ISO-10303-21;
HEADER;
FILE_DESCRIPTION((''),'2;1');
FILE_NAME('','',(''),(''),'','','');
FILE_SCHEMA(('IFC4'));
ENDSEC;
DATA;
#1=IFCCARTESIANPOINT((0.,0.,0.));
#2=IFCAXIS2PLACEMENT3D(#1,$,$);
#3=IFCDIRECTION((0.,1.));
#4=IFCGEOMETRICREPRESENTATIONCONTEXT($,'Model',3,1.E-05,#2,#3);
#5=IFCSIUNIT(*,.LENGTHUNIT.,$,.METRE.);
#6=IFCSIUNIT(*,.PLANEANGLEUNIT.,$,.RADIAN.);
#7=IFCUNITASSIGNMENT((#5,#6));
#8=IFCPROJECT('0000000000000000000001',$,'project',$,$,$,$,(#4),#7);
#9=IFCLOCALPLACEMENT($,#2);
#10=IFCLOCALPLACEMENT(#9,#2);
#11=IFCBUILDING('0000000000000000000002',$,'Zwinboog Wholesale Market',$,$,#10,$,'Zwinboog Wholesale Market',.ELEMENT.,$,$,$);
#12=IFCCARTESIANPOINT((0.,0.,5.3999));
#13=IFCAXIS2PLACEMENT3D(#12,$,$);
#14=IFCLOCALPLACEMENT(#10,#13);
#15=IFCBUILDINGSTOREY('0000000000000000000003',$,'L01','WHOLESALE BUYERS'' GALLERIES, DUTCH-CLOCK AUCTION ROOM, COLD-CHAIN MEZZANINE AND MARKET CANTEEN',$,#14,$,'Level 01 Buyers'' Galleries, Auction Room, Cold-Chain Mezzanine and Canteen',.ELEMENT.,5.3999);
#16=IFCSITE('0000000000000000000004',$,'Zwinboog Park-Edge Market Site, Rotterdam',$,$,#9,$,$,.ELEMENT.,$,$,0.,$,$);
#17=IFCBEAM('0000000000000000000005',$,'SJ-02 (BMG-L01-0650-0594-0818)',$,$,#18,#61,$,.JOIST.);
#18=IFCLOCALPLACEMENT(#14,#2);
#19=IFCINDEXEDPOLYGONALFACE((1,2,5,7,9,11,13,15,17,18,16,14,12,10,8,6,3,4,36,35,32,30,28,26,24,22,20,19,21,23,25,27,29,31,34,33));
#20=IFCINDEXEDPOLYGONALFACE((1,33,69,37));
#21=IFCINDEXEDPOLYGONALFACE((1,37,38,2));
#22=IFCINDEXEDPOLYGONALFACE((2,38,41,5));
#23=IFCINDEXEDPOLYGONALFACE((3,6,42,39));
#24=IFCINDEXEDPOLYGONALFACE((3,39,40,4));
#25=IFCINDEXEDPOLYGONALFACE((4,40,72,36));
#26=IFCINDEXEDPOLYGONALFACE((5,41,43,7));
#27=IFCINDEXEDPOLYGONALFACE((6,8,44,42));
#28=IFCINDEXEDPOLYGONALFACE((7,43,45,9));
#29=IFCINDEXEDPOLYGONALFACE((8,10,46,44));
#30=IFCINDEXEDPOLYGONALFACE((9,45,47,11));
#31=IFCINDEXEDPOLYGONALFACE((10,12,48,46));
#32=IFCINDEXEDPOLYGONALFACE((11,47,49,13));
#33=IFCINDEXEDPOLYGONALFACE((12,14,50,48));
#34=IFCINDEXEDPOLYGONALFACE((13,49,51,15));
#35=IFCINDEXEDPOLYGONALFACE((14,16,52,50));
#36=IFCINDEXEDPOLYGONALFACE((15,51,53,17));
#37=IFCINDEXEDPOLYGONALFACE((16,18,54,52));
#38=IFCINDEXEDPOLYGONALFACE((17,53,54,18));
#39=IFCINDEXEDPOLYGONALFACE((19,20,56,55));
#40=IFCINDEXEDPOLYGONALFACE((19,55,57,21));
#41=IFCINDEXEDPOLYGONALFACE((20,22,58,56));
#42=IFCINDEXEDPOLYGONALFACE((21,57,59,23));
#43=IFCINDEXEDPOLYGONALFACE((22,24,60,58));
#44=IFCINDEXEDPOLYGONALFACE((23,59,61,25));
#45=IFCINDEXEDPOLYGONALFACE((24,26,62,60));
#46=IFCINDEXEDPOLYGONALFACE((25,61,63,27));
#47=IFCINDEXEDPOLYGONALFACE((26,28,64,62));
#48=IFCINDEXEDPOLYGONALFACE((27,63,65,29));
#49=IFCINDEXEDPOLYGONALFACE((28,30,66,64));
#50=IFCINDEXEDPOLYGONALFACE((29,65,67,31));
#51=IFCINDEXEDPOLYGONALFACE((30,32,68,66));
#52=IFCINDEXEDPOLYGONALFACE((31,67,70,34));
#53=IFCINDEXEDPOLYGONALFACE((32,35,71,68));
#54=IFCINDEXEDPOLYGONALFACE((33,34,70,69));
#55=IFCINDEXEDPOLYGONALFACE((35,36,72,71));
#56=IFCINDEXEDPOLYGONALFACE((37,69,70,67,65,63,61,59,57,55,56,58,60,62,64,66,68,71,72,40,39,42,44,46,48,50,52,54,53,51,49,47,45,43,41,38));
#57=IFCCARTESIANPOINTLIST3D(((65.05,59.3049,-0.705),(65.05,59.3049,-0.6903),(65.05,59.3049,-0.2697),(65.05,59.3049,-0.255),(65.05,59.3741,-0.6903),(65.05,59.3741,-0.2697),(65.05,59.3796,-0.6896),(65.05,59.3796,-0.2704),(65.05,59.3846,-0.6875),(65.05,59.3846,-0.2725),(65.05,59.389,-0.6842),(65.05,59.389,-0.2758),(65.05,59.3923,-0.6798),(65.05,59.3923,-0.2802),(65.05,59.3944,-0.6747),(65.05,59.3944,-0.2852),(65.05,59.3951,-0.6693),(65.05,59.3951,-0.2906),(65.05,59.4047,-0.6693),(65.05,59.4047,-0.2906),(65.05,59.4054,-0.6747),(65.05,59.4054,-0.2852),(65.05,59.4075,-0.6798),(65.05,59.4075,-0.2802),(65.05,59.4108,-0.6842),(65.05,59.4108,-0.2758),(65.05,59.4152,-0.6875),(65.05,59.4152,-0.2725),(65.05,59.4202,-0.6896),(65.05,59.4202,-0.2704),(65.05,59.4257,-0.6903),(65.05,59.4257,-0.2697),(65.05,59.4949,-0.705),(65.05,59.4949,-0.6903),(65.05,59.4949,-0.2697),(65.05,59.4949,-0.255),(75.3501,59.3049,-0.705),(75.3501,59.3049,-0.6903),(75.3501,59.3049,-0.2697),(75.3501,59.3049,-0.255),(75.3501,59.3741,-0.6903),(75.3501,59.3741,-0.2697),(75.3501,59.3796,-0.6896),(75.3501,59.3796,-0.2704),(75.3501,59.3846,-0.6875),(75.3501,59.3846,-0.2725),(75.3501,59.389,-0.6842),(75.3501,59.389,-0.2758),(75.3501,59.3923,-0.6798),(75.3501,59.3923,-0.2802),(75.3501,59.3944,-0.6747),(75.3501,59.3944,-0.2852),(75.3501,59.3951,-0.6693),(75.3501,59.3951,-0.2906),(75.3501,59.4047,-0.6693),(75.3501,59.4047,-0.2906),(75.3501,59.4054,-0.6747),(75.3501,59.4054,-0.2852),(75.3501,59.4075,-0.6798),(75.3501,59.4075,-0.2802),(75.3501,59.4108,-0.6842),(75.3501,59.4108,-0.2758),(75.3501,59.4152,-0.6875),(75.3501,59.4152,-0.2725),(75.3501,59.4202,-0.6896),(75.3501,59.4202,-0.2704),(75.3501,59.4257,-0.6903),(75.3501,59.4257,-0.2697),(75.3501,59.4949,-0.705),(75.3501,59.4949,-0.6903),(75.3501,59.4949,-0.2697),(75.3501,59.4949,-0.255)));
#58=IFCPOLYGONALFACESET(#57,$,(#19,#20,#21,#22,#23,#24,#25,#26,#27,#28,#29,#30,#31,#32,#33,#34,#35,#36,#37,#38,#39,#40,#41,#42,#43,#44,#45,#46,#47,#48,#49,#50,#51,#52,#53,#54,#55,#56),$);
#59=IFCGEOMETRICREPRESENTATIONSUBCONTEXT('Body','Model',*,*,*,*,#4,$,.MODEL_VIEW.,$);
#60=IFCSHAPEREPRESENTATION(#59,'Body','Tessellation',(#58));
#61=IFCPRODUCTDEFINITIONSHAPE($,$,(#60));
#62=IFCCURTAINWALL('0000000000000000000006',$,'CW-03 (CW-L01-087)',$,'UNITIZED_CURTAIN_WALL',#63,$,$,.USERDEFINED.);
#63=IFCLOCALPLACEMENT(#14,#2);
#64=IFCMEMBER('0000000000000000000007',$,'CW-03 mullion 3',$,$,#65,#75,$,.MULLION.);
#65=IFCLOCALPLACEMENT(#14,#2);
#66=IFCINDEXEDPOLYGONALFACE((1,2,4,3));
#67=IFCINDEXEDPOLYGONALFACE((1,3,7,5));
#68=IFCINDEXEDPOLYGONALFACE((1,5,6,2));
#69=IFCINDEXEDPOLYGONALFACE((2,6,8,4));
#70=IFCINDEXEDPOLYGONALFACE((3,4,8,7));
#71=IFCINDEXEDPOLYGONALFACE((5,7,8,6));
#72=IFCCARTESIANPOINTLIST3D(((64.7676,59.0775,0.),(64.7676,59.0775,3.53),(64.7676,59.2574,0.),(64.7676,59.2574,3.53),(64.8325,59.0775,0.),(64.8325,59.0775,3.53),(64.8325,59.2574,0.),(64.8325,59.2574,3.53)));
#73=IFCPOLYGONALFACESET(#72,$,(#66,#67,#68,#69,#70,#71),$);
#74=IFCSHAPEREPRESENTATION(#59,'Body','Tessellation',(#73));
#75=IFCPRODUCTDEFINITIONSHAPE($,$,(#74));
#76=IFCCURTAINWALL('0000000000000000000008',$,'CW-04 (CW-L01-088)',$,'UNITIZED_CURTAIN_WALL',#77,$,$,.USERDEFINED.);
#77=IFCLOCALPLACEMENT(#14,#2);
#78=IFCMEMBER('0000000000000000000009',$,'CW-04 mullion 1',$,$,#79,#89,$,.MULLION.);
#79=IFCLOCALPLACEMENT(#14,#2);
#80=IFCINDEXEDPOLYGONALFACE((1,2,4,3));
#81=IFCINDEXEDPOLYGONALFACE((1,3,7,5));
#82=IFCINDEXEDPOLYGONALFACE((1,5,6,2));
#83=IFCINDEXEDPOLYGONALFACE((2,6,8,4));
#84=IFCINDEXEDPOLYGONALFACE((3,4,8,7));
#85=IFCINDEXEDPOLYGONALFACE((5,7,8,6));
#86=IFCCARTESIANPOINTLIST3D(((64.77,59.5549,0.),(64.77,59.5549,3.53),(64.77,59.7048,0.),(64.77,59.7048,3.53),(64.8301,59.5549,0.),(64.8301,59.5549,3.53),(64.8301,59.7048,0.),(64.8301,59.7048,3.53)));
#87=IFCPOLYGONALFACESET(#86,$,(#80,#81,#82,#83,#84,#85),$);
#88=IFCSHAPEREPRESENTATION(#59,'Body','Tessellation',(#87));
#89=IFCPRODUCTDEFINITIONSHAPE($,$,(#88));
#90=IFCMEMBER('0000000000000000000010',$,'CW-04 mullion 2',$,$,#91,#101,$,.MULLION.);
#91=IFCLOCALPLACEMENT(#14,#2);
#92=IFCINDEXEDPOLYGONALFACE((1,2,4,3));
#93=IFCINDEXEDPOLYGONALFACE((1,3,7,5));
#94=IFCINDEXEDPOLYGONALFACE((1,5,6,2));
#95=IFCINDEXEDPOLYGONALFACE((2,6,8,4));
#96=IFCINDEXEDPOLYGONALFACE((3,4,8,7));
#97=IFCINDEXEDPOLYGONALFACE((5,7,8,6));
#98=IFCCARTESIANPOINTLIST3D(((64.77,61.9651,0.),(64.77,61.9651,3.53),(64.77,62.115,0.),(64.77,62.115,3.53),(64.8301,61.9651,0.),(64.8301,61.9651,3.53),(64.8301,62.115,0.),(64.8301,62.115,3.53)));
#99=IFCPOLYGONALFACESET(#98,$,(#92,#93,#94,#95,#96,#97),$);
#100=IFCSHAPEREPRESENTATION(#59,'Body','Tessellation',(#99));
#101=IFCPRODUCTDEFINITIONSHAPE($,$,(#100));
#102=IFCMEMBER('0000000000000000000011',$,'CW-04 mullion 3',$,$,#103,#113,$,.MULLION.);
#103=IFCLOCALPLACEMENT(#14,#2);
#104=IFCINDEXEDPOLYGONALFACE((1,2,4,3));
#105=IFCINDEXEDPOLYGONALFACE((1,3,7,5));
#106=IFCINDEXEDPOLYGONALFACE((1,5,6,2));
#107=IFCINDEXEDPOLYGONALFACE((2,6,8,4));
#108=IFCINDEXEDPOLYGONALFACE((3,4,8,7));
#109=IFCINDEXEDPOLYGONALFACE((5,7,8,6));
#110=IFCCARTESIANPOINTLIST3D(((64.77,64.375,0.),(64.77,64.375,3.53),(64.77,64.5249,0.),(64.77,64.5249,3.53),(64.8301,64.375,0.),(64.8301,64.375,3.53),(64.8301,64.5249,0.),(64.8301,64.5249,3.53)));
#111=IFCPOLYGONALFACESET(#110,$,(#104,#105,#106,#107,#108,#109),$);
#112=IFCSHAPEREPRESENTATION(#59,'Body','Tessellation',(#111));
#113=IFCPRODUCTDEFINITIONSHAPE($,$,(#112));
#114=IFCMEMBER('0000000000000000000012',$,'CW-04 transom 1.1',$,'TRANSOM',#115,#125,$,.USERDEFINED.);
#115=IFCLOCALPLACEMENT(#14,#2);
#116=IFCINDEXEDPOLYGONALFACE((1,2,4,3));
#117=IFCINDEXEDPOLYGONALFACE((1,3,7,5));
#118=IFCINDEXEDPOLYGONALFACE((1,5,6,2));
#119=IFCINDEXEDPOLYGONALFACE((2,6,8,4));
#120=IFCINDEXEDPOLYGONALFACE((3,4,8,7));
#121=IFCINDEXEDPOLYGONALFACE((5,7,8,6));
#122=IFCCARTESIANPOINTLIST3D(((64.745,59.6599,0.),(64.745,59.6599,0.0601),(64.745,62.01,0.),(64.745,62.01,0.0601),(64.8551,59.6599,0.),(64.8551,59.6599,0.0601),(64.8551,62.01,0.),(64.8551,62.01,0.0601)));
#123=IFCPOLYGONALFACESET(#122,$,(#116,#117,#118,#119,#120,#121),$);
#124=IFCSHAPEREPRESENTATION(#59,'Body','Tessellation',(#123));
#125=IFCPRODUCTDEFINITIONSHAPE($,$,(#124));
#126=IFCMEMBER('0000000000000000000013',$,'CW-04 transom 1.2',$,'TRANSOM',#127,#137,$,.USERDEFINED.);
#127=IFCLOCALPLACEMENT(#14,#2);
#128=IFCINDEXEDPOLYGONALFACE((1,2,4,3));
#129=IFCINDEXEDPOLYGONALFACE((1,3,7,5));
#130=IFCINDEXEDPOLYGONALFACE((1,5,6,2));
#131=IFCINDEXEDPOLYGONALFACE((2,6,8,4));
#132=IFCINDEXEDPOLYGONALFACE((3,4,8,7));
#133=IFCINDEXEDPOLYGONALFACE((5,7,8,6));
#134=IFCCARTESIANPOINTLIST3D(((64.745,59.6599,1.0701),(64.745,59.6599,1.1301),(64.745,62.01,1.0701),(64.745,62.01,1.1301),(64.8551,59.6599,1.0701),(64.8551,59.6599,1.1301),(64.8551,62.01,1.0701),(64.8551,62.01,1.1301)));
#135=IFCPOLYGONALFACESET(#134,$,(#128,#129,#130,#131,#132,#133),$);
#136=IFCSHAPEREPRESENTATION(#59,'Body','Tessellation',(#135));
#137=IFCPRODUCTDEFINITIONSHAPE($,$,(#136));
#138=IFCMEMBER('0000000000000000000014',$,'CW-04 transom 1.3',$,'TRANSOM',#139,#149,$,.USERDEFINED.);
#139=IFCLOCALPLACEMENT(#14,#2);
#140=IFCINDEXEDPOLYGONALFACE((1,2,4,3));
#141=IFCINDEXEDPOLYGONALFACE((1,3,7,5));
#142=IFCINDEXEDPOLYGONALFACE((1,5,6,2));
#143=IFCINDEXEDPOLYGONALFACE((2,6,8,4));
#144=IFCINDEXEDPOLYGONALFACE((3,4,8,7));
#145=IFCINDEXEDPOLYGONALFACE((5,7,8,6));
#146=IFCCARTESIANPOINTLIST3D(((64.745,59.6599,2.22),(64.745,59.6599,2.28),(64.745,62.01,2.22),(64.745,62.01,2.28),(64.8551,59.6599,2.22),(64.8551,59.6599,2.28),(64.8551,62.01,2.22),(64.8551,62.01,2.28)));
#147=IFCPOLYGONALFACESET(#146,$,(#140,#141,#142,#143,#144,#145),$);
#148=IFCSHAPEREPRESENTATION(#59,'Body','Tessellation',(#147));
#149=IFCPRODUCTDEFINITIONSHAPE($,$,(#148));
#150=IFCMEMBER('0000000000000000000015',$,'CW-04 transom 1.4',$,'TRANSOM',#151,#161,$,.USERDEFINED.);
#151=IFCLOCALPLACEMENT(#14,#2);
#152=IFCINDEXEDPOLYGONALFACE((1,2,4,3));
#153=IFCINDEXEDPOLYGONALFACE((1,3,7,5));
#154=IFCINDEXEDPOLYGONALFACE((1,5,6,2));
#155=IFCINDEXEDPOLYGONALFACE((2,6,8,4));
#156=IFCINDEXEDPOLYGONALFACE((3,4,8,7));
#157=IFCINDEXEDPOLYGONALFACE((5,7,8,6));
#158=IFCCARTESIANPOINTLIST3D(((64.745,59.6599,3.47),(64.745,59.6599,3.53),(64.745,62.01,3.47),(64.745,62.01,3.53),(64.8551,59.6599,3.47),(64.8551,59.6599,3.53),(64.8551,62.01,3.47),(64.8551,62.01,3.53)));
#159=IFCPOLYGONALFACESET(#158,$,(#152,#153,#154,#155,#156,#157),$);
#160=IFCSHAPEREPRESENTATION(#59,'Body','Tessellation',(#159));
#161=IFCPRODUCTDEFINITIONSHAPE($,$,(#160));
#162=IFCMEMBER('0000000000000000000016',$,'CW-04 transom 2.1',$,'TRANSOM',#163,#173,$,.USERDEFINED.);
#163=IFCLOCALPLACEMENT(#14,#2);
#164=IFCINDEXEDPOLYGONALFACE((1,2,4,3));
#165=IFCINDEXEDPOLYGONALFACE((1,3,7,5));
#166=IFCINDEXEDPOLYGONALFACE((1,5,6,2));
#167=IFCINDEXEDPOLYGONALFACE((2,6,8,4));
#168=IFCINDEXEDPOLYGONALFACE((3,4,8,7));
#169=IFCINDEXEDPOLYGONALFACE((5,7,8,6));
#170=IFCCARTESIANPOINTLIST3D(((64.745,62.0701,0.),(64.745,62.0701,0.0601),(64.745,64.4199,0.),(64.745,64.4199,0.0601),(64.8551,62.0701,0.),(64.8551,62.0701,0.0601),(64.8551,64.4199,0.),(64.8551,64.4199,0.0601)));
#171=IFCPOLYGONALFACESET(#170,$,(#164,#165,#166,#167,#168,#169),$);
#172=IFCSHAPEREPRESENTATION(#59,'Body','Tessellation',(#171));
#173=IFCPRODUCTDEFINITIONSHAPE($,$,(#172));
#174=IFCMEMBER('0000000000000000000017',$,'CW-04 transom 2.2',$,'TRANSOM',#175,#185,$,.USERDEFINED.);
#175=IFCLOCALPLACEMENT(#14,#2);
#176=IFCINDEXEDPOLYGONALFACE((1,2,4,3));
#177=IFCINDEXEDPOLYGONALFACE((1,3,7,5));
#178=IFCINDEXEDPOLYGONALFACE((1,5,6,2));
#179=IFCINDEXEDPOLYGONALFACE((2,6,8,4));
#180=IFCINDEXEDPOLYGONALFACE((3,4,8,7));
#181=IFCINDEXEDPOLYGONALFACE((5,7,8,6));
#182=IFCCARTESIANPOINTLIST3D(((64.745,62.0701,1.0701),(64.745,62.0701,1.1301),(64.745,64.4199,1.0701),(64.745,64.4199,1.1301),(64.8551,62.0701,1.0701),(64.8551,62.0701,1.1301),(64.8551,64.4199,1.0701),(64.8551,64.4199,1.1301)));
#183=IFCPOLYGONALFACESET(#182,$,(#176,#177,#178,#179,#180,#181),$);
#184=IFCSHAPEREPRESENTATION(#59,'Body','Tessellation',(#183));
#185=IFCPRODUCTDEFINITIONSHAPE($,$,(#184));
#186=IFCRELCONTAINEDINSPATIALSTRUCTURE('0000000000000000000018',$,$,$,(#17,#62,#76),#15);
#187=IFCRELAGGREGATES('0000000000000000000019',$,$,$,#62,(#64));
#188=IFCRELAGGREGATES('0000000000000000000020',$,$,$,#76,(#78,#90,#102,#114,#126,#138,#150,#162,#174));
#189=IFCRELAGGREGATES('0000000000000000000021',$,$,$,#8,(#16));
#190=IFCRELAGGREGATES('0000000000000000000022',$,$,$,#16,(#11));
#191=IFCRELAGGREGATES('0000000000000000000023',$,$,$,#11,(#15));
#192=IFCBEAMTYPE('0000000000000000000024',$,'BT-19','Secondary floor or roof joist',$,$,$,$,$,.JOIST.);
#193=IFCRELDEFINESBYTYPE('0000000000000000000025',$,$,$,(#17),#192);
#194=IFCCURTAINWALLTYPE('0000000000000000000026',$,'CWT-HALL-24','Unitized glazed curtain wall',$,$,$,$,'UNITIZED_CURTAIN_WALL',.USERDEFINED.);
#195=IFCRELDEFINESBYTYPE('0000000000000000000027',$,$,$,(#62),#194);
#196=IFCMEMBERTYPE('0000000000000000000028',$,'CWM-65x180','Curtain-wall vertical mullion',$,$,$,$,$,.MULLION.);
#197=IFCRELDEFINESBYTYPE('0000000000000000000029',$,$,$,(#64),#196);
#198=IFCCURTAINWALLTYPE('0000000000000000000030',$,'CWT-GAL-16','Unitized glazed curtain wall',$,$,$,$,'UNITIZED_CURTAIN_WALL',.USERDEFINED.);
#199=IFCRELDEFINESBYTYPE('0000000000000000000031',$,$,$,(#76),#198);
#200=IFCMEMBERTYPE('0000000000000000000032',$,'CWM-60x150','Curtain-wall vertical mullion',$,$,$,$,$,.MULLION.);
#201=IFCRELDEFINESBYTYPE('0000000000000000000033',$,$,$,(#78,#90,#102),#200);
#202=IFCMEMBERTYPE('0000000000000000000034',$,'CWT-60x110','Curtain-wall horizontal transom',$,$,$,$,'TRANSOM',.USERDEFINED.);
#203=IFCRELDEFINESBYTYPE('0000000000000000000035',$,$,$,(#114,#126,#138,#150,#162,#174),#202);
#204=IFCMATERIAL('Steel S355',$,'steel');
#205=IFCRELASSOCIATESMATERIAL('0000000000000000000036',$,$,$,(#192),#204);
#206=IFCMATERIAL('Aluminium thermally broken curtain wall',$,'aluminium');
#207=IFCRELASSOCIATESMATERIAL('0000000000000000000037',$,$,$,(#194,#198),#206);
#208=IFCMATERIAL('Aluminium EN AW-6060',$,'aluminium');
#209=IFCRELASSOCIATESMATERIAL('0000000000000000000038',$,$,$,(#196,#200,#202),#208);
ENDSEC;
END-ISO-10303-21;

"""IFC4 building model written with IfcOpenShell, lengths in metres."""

from ifc_helpers import new_model, si_unit, direction, frame, origin, origin_2d, place, context, subcontext, project, spatial, rectangle, i_section, extrude, material, material_profile, profile_set, type_object, element, aggregate, save


model = new_model("IFC4")

# Units and contexts
model_context = context("Model", 3, precision=1e-05, world=origin(), true_north=direction((0.0, 1.0)))
body_context = subcontext(model_context, "Body", "Model", "MODEL_VIEW")
ifc_project = project(units=[si_unit("LENGTHUNIT", "METRE"), si_unit("PLANEANGLEUNIT", "RADIAN")], contexts=[model_context])

# Site, building, storey
site_placement = place(None, origin())
site = spatial("IfcSite", under=ifc_project, at=site_placement, Name="Zwinboog Park-Edge Market Site, Rotterdam", CompositionType="ELEMENT", RefElevation=0.0)
building_placement = place(site_placement, origin())
building = spatial("IfcBuilding", under=site, at=building_placement, Name="Zwinboog Wholesale Market", LongName="Zwinboog Wholesale Market", CompositionType="ELEMENT")
storey_placement = place(building_placement, frame((0.0, 0.0, 5.3999)))
storey = spatial("IfcBuildingStorey", under=building, at=storey_placement, Name="L01", Description="WHOLESALE BUYERS' GALLERIES, DUTCH-CLOCK AUCTION ROOM, COLD-CHAIN MEZZANINE AND MARKET CANTEEN", LongName="Level 01 Buyers' Galleries, Auction Room, Cold-Chain Mezzanine and Canteen", CompositionType="ELEMENT", Elevation=5.3999)

# Beam
ifc_material_1 = material(Name="Steel S355", Category="steel")
ifc_material_profile_1 = material_profile(ifc_material_1, i_section(OverallWidth=0.1899, OverallDepth=0.45, WebThickness=0.0095, FlangeThickness=0.0146, FilletRadius=0.021, at=origin_2d()), Name="IPE 450")
ifc_profile_set_1 = profile_set([ifc_material_profile_1], Name="Steel S355")
beam_type = type_object("IfcBeamType", Name="BT-19", Description="Secondary floor or roof joist", PredefinedType="JOIST", material=ifc_profile_set_1)
beam_placement = place(storey_placement, frame((65.05, 59.3999, -0.48), z_axis=(1.0, 0.0, 0.0), x_axis=(0.0, 1.0, 0.0)))
element("IfcBeam", 1, at=beam_placement, inside=storey, type_object=beam_type, Name="SJ-02 (BMG-L01-0650-0594-0818)", PredefinedType="JOIST", context=body_context, shape_type="SweptSolid", body=[
    extrude(i_section(OverallWidth=0.1899, OverallDepth=0.45, WebThickness=0.0095, FlangeThickness=0.0146, FilletRadius=0.021, at=origin_2d()), origin(), (0.0, 0.0, 1.0), 10.3),
])

# Curtain wall, member
ifc_material_2 = material(Name="Aluminium thermally broken curtain wall", Category="aluminium")
curtain_wall_type_1 = type_object("IfcCurtainWallType", Name="CWT-HALL-24", Description="Unitized glazed curtain wall", ElementType="UNITIZED_CURTAIN_WALL", PredefinedType="USERDEFINED", material=ifc_material_2)
curtain_wall_1_placement = place(storey_placement, origin())
curtain_wall_1 = element("IfcCurtainWall", 2, at=curtain_wall_1_placement, inside=storey, type_object=curtain_wall_type_1, Name="CW-03 (CW-L01-087)", ObjectType="UNITIZED_CURTAIN_WALL", PredefinedType="USERDEFINED")
ifc_material_3 = material(Name="Aluminium EN AW-6060", Category="aluminium")
ifc_material_profile_2 = material_profile(ifc_material_3, rectangle(XDim=0.0649, YDim=0.1799, at=origin_2d()), Name="AL 65x180")
ifc_profile_set_2 = profile_set([ifc_material_profile_2], Name="Aluminium EN AW-6060")
member_type_1 = type_object("IfcMemberType", Name="CWM-65x180", Description="Curtain-wall vertical mullion", PredefinedType="MULLION", material=ifc_profile_set_2)
member_1_placement = place(storey_placement, frame((64.8, 59.1675, 0.0), z_axis=(0.0, 0.0, 1.0), x_axis=(-1.0, 0.0, 0.0)))
member_1 = element("IfcMember", 3, at=member_1_placement, type_object=member_type_1, Name="CW-03 mullion 3", PredefinedType="MULLION", context=body_context, shape_type="SweptSolid", body=[
    extrude(rectangle(XDim=0.0649, YDim=0.1799, at=origin_2d()), origin(), (0.0, 0.0, 1.0), 3.53),
])

# Curtain wall, members
curtain_wall_type_2 = type_object("IfcCurtainWallType", Name="CWT-GAL-16", Description="Unitized glazed curtain wall", ElementType="UNITIZED_CURTAIN_WALL", PredefinedType="USERDEFINED", material=ifc_material_2)
curtain_wall_2_placement = place(storey_placement, origin())
curtain_wall_2 = element("IfcCurtainWall", 4, at=curtain_wall_2_placement, inside=storey, type_object=curtain_wall_type_2, Name="CW-04 (CW-L01-088)", ObjectType="UNITIZED_CURTAIN_WALL", PredefinedType="USERDEFINED")
ifc_material_profile_3 = material_profile(ifc_material_3, rectangle(XDim=0.0601, YDim=0.1499, at=origin_2d()), Name="AL 60x150")
ifc_profile_set_3 = profile_set([ifc_material_profile_3], Name="Aluminium EN AW-6060")
member_type_2 = type_object("IfcMemberType", Name="CWM-60x150", Description="Curtain-wall vertical mullion", PredefinedType="MULLION", material=ifc_profile_set_3)
member_2_placement = place(storey_placement, frame((64.8, 59.6299, 0.0), z_axis=(0.0, 0.0, 1.0), x_axis=(-1.0, 0.0, 0.0)))
member_2 = element("IfcMember", 5, at=member_2_placement, type_object=member_type_2, Name="CW-04 mullion 1", PredefinedType="MULLION", context=body_context, shape_type="SweptSolid", body=[
    extrude(rectangle(XDim=0.0601, YDim=0.1499, at=origin_2d()), origin(), (0.0, 0.0, 1.0), 3.53),
])
member_3_placement = place(storey_placement, frame((64.8, 62.04, 0.0), z_axis=(0.0, 0.0, 1.0), x_axis=(-1.0, 0.0, 0.0)))
member_3 = element("IfcMember", 6, at=member_3_placement, type_object=member_type_2, Name="CW-04 mullion 2", PredefinedType="MULLION", context=body_context, shape_type="SweptSolid", body=[
    extrude(rectangle(XDim=0.0601, YDim=0.1499, at=origin_2d()), origin(), (0.0, 0.0, 1.0), 3.53),
])
member_4_placement = place(storey_placement, frame((64.8, 64.45, 0.0), z_axis=(0.0, 0.0, 1.0), x_axis=(-1.0, 0.0, 0.0)))
member_4 = element("IfcMember", 7, at=member_4_placement, type_object=member_type_2, Name="CW-04 mullion 3", PredefinedType="MULLION", context=body_context, shape_type="SweptSolid", body=[
    extrude(rectangle(XDim=0.0601, YDim=0.1499, at=origin_2d()), origin(), (0.0, 0.0, 1.0), 3.53),
])
ifc_material_profile_4 = material_profile(ifc_material_3, rectangle(XDim=0.1101, YDim=0.0601, at=origin_2d()), Name="AL 60x110")
ifc_profile_set_4 = profile_set([ifc_material_profile_4], Name="Aluminium EN AW-6060")
member_type_3 = type_object("IfcMemberType", Name="CWT-60x110", Description="Curtain-wall horizontal transom", ElementType="TRANSOM", PredefinedType="USERDEFINED", material=ifc_profile_set_4)
member_5_placement = place(storey_placement, frame((64.8, 59.6599, 0.03), z_axis=(0.0, 1.0, 0.0), x_axis=(-1.0, 0.0, 0.0)))
member_5 = element("IfcMember", 8, at=member_5_placement, type_object=member_type_3, Name="CW-04 transom 1.1", ObjectType="TRANSOM", PredefinedType="USERDEFINED", context=body_context, shape_type="SweptSolid", body=[
    extrude(rectangle(XDim=0.1101, YDim=0.0601, at=origin_2d()), origin(), (0.0, 0.0, 1.0), 2.3501),
])
member_6_placement = place(storey_placement, frame((64.8, 59.6599, 1.1001), z_axis=(0.0, 1.0, 0.0), x_axis=(-1.0, 0.0, 0.0)))
member_6 = element("IfcMember", 9, at=member_6_placement, type_object=member_type_3, Name="CW-04 transom 1.2", ObjectType="TRANSOM", PredefinedType="USERDEFINED", context=body_context, shape_type="SweptSolid", body=[
    extrude(rectangle(XDim=0.1101, YDim=0.0601, at=origin_2d()), origin(), (0.0, 0.0, 1.0), 2.3501),
])
member_7_placement = place(storey_placement, frame((64.8, 59.6599, 2.25), z_axis=(0.0, 1.0, 0.0), x_axis=(-1.0, 0.0, 0.0)))
member_7 = element("IfcMember", 10, at=member_7_placement, type_object=member_type_3, Name="CW-04 transom 1.3", ObjectType="TRANSOM", PredefinedType="USERDEFINED", context=body_context, shape_type="SweptSolid", body=[
    extrude(rectangle(XDim=0.1101, YDim=0.0601, at=origin_2d()), origin(), (0.0, 0.0, 1.0), 2.3501),
])
member_8_placement = place(storey_placement, frame((64.8, 59.6599, 3.5), z_axis=(0.0, 1.0, 0.0), x_axis=(-1.0, 0.0, 0.0)))
member_8 = element("IfcMember", 11, at=member_8_placement, type_object=member_type_3, Name="CW-04 transom 1.4", ObjectType="TRANSOM", PredefinedType="USERDEFINED", context=body_context, shape_type="SweptSolid", body=[
    extrude(rectangle(XDim=0.1101, YDim=0.0601, at=origin_2d()), origin(), (0.0, 0.0, 1.0), 2.3501),
])
member_9_placement = place(storey_placement, frame((64.8, 62.0701, 0.03), z_axis=(0.0, 1.0, 0.0), x_axis=(-1.0, 0.0, 0.0)))
member_9 = element("IfcMember", 12, at=member_9_placement, type_object=member_type_3, Name="CW-04 transom 2.1", ObjectType="TRANSOM", PredefinedType="USERDEFINED", context=body_context, shape_type="SweptSolid", body=[
    extrude(rectangle(XDim=0.1101, YDim=0.0601, at=origin_2d()), origin(), (0.0, 0.0, 1.0), 2.3499),
])
member_10_placement = place(storey_placement, frame((64.8, 62.0701, 1.1001), z_axis=(0.0, 1.0, 0.0), x_axis=(-1.0, 0.0, 0.0)))
member_10 = element("IfcMember", 13, at=member_10_placement, type_object=member_type_3, Name="CW-04 transom 2.2", ObjectType="TRANSOM", PredefinedType="USERDEFINED", context=body_context, shape_type="SweptSolid", body=[
    extrude(rectangle(XDim=0.1101, YDim=0.0601, at=origin_2d()), origin(), (0.0, 0.0, 1.0), 2.3499),
])

aggregate(curtain_wall_1, [member_1])
aggregate(curtain_wall_2, [member_2, member_3, member_4, member_5, member_6, member_7, member_8, member_9, member_10])

save(model, "model.ifc")
